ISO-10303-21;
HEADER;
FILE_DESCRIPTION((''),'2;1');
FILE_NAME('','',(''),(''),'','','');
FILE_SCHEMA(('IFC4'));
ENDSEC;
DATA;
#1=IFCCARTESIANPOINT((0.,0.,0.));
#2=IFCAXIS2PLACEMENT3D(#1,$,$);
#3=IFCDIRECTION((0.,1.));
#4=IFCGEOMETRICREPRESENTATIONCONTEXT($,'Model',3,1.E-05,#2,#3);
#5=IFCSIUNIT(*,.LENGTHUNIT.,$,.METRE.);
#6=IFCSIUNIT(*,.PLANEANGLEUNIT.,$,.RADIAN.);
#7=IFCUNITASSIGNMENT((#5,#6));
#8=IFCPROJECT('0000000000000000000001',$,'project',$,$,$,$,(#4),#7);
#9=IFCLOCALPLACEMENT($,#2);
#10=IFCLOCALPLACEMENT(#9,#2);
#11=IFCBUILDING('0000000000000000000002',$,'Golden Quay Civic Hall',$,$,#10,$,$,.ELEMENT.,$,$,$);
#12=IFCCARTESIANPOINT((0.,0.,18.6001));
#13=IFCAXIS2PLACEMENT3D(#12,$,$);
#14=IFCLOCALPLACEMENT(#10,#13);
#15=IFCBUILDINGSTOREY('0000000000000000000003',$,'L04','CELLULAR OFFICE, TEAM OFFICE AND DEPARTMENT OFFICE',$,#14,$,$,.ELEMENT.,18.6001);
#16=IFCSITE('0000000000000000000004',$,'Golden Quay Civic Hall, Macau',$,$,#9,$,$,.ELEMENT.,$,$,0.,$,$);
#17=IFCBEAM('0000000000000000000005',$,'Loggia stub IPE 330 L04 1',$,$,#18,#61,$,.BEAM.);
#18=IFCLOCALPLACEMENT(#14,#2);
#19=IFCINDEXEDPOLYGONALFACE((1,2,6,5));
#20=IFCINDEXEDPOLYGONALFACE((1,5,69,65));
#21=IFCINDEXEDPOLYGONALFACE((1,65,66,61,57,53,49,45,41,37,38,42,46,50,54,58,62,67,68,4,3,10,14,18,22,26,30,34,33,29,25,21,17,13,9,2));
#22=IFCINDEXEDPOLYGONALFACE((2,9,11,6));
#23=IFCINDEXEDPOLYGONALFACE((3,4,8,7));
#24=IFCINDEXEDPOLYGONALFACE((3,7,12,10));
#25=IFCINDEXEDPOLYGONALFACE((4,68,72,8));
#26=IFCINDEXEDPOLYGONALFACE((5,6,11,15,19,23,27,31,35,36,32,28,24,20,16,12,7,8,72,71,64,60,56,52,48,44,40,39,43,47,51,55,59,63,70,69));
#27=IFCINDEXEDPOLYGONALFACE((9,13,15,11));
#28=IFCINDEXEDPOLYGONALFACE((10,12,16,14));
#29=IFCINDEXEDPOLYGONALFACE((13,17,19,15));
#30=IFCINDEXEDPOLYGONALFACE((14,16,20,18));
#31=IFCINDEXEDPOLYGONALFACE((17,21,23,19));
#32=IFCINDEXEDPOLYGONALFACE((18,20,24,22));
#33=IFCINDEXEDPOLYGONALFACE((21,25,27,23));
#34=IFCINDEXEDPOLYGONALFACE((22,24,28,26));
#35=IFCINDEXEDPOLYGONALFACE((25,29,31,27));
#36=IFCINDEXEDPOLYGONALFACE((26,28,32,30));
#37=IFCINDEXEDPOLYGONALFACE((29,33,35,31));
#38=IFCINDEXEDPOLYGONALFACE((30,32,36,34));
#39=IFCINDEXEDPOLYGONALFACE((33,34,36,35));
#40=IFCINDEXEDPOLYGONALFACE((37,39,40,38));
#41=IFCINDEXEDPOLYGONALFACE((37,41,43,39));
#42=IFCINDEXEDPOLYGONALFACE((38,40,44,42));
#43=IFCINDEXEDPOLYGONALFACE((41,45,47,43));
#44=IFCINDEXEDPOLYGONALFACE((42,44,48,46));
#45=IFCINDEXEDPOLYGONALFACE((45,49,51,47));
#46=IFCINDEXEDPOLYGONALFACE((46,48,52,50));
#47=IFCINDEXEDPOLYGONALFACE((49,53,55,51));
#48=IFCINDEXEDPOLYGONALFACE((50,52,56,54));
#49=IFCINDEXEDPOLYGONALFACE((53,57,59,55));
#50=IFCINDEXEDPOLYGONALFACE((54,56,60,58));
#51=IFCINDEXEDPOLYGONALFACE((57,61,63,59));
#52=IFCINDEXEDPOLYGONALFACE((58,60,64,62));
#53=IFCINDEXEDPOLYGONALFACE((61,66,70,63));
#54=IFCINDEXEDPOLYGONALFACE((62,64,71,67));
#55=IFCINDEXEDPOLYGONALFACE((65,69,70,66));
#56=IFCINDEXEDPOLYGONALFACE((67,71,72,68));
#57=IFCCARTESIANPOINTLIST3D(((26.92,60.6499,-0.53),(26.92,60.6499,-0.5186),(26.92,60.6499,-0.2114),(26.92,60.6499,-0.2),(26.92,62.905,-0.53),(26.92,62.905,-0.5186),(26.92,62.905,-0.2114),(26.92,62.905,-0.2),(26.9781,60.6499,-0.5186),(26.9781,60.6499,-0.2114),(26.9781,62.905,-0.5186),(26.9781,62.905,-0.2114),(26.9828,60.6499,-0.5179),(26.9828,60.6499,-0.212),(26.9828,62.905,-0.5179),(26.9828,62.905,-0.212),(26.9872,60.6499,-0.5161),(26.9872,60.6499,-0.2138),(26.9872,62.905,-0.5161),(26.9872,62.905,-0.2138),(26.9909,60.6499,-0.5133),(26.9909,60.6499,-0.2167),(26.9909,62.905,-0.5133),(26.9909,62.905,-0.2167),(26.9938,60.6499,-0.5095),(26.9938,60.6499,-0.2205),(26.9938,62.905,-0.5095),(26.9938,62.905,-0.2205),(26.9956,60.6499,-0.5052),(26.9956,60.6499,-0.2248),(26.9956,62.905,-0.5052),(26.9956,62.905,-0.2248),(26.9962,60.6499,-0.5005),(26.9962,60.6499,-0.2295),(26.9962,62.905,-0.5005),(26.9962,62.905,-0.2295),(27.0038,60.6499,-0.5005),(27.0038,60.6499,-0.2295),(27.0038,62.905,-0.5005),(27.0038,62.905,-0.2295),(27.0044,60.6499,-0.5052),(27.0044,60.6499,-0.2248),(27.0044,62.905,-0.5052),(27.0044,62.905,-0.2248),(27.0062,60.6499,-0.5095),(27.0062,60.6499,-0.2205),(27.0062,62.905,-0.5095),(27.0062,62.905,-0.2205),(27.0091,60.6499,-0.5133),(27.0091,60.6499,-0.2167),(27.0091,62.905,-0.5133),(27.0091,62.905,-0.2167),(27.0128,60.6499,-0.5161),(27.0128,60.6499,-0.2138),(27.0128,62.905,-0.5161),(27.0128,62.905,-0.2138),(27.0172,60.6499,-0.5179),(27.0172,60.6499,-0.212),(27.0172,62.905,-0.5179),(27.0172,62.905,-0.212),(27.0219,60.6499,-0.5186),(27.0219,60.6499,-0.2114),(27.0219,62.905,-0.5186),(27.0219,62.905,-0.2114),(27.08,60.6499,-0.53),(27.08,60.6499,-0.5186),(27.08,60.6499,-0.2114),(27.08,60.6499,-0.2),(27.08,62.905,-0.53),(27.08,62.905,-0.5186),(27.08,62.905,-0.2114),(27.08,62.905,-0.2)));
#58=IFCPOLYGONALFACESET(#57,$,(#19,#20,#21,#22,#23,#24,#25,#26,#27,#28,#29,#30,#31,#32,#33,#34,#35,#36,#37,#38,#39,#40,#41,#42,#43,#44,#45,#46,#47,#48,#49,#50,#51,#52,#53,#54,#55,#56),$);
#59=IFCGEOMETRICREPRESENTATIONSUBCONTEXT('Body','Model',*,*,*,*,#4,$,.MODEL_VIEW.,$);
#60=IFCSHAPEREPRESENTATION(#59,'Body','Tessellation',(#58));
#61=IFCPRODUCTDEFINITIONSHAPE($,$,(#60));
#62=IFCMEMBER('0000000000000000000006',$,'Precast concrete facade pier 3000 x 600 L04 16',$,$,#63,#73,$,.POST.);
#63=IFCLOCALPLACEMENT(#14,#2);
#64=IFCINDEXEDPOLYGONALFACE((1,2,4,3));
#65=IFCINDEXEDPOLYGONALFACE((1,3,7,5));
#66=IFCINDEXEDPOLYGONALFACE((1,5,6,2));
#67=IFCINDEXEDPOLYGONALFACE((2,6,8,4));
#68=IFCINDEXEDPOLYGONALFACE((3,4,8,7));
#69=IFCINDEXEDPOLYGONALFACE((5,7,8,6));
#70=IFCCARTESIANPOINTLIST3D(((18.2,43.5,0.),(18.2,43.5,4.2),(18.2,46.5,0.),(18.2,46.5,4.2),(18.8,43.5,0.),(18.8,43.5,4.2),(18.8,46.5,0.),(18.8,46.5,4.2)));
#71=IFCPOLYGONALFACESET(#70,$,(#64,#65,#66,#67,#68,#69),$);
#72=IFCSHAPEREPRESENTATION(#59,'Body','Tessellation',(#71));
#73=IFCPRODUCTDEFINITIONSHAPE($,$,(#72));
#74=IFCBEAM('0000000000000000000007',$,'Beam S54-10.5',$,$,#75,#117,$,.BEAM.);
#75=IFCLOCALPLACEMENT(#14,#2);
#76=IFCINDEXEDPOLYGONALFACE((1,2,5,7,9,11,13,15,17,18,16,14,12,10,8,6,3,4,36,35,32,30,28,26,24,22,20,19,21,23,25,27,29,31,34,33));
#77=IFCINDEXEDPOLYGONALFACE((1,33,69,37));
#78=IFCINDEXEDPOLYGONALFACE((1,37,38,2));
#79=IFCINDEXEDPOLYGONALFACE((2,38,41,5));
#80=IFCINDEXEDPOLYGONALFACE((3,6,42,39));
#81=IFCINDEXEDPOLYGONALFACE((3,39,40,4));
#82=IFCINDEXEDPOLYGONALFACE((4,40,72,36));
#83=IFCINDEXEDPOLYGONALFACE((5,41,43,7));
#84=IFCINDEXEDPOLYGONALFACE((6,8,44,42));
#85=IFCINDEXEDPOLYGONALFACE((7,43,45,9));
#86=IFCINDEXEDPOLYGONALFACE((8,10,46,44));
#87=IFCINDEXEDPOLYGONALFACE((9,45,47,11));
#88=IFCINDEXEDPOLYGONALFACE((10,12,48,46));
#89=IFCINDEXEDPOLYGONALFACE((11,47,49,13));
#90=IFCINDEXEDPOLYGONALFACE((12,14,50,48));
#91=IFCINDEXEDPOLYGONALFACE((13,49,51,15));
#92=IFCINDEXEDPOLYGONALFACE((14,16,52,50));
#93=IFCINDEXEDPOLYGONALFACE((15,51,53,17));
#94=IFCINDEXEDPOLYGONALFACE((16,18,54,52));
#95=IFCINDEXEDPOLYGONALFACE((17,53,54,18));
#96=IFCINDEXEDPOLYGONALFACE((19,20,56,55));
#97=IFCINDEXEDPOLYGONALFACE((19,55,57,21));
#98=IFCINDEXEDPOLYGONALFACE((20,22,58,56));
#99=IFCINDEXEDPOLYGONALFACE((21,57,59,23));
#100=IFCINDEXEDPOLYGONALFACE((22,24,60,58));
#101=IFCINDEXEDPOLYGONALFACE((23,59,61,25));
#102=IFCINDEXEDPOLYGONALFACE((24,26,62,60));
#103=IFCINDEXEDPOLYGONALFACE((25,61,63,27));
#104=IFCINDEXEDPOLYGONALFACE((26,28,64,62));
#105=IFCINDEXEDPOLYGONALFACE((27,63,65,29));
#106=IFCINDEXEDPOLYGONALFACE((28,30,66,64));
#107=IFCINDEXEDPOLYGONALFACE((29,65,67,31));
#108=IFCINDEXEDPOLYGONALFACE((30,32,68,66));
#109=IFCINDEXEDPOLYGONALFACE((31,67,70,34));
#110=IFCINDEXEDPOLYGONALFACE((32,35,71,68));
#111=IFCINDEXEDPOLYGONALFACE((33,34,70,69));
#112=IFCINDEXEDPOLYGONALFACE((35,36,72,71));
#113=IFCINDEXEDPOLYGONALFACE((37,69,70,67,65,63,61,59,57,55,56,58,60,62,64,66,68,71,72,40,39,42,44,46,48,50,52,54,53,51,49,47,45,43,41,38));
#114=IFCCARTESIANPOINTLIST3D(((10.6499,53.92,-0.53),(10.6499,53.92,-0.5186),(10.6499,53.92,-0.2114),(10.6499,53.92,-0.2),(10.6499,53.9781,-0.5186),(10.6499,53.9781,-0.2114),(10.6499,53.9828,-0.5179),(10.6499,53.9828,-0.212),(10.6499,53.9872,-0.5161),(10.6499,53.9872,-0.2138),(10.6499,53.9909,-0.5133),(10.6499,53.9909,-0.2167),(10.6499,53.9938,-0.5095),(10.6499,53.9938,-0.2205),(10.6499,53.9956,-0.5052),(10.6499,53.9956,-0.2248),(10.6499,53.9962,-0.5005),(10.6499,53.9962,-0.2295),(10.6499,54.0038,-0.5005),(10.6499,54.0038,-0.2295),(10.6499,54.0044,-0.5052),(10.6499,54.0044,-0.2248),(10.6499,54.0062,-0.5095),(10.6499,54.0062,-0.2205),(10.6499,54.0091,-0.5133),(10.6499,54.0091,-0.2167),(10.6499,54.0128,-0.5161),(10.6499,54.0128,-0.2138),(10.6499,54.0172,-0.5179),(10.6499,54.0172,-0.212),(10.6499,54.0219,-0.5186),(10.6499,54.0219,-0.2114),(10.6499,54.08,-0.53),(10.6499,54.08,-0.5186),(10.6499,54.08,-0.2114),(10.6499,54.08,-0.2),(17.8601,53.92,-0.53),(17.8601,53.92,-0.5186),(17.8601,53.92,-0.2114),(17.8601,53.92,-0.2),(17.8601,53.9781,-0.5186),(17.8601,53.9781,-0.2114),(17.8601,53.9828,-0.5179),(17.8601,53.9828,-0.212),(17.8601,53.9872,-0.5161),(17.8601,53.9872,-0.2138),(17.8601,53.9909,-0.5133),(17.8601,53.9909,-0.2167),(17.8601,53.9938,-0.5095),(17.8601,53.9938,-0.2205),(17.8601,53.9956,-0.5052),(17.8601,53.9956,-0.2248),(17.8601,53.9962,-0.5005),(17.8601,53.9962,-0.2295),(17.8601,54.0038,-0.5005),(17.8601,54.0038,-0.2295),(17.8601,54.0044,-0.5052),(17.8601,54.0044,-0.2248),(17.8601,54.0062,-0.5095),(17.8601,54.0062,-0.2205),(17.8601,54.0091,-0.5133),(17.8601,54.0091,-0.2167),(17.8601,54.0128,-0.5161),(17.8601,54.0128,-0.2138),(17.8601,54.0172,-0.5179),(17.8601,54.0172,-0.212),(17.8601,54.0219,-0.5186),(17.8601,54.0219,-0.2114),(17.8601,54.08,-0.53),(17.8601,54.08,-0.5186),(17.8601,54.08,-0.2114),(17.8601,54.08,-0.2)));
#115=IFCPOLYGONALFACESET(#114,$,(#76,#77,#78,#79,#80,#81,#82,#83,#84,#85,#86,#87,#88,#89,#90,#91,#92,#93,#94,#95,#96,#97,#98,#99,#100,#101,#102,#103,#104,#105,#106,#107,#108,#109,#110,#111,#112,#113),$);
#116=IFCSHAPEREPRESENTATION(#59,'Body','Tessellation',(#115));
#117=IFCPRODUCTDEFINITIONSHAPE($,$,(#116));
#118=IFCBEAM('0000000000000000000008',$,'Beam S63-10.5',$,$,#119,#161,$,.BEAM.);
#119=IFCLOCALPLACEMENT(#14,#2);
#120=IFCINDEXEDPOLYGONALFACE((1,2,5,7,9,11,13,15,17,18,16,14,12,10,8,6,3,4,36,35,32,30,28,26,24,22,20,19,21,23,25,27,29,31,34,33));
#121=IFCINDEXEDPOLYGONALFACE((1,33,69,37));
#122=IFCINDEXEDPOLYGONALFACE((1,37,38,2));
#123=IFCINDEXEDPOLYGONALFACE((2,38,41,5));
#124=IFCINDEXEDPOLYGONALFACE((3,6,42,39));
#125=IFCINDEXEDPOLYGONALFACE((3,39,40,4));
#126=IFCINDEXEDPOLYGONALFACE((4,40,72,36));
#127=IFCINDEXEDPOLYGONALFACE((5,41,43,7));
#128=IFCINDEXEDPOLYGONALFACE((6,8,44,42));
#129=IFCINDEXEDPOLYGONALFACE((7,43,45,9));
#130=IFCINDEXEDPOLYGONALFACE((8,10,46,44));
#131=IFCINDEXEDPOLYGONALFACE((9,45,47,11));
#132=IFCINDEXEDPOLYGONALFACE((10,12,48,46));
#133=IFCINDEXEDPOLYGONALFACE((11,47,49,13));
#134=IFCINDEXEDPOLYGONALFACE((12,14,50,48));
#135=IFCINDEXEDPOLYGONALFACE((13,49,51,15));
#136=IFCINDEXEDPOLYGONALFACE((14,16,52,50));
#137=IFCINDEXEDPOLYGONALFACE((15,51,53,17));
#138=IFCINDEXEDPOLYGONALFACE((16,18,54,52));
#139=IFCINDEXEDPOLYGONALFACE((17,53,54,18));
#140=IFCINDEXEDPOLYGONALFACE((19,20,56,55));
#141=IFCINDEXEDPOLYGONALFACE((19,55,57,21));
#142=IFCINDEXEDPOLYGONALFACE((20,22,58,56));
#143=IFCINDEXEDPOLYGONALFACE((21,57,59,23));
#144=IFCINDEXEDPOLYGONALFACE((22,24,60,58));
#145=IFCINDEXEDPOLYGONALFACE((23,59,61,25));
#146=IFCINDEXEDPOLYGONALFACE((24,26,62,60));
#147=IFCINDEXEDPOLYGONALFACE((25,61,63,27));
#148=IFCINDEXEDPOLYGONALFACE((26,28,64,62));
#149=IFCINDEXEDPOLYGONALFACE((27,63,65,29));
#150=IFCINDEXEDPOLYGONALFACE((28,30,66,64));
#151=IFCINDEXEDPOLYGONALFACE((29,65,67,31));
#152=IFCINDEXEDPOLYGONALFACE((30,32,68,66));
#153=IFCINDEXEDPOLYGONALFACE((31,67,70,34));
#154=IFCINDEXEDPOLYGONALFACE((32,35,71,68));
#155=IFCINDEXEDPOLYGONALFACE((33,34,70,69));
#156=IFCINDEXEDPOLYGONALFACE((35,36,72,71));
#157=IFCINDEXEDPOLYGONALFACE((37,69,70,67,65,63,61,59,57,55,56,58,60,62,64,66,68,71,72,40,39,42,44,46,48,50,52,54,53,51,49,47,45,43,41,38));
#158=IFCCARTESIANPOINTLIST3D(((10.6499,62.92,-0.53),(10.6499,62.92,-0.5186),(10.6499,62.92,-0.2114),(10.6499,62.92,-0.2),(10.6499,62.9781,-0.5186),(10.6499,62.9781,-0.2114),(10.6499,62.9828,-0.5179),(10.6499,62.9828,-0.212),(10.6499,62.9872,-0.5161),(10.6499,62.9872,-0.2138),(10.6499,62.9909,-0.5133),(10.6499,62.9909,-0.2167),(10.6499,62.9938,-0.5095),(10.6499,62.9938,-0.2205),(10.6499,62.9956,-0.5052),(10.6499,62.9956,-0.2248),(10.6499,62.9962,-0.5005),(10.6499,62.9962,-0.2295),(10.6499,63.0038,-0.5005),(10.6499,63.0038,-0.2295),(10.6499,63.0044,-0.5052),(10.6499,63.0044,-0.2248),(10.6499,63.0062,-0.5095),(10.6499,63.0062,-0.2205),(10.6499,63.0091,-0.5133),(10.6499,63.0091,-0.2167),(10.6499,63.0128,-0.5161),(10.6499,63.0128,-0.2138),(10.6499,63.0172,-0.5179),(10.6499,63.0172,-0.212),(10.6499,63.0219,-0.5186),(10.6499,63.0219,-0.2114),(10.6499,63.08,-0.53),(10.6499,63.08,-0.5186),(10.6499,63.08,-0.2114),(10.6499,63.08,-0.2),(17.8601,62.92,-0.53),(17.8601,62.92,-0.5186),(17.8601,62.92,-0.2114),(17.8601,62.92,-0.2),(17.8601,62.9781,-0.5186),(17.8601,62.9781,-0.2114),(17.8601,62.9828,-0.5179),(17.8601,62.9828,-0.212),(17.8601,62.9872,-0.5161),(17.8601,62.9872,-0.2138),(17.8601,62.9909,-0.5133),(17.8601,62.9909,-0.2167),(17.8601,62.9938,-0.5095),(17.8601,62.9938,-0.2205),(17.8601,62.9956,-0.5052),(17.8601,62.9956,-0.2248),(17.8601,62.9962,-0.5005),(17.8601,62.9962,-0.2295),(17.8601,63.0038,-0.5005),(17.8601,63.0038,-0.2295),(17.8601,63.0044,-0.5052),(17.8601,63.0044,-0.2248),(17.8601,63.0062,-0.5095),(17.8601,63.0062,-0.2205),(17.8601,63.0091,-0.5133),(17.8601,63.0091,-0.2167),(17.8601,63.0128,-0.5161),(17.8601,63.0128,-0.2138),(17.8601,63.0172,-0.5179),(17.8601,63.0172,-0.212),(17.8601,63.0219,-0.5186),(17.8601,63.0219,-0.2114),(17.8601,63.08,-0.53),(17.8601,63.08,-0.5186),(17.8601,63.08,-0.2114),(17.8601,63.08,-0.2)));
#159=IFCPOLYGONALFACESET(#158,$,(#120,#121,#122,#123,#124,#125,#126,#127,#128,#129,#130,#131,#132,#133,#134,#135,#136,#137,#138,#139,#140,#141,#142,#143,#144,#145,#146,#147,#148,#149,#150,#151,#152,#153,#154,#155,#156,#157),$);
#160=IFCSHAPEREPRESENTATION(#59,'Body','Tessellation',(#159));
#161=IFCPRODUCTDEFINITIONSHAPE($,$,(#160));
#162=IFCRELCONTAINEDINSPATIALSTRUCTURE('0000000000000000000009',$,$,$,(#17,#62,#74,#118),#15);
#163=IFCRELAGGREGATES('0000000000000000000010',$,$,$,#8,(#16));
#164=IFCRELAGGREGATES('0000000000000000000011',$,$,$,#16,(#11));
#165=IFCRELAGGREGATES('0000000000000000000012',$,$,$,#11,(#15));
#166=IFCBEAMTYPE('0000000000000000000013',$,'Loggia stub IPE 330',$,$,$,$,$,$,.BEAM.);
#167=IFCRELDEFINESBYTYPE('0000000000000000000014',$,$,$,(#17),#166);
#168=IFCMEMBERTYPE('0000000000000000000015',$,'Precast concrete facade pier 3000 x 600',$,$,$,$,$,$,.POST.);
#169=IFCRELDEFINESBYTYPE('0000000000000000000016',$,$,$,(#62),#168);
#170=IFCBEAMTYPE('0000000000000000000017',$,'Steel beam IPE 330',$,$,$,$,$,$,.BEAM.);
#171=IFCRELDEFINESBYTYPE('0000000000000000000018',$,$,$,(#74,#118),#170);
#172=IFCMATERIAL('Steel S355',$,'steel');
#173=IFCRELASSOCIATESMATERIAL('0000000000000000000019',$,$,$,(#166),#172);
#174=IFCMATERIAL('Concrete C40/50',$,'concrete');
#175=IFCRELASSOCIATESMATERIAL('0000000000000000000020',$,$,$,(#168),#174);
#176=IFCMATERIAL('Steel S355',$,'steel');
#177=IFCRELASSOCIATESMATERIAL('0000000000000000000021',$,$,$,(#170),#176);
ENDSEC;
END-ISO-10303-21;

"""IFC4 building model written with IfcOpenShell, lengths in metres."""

from ifc_helpers import new_model, si_unit, direction, frame, origin, origin_2d, place, context, subcontext, project, spatial, rectangle, i_section, extrude, material, material_profile, profile_set, type_object, element, save


model = new_model("IFC4")

# Units and contexts
model_context = context("Model", 3, precision=1e-05, world=origin(), true_north=direction((0.0, 1.0)))
body_context = subcontext(model_context, "Body", "Model", "MODEL_VIEW")
ifc_project = project(units=[si_unit("LENGTHUNIT", "METRE"), si_unit("PLANEANGLEUNIT", "RADIAN")], contexts=[model_context])

# Site, building, storey
site_placement = place(None, origin())
site = spatial("IfcSite", under=ifc_project, at=site_placement, Name="Golden Quay Civic Hall, Macau", CompositionType="ELEMENT", RefElevation=0.0)
building_placement = place(site_placement, origin())
building = spatial("IfcBuilding", under=site, at=building_placement, Name="Golden Quay Civic Hall", CompositionType="ELEMENT")
storey_placement = place(building_placement, frame((0.0, 0.0, 18.6001)))
storey = spatial("IfcBuildingStorey", under=building, at=storey_placement, Name="L04", Description="CELLULAR OFFICE, TEAM OFFICE AND DEPARTMENT OFFICE", CompositionType="ELEMENT", Elevation=18.6001)

# Beam
ifc_material_1 = material(Name="Steel S355", Category="steel")
ifc_material_profile_1 = material_profile(ifc_material_1, i_section(OverallWidth=0.1599, OverallDepth=0.3301, WebThickness=0.0076, FlangeThickness=0.0115, FilletRadius=0.0181, at=origin_2d()), Name="IPE 330")
ifc_profile_set_1 = profile_set([ifc_material_profile_1], Name="Steel S355")
beam_type_1 = type_object("IfcBeamType", Name="Loggia stub IPE 330", PredefinedType="BEAM", material=ifc_profile_set_1)
beam_1_placement = place(storey_placement, frame((27.0, 62.905, -0.365), z_axis=(0.0, -1.0, 0.0), x_axis=(1.0, 0.0, 0.0)))
element("IfcBeam", 1, at=beam_1_placement, inside=storey, type_object=beam_type_1, Name="Loggia stub IPE 330 L04 1", PredefinedType="BEAM", context=body_context, shape_type="SweptSolid", body=[
    extrude(i_section(OverallWidth=0.1599, OverallDepth=0.3301, WebThickness=0.0076, FlangeThickness=0.0115, FilletRadius=0.0181, at=origin_2d()), origin(), (0.0, 0.0, 1.0), 2.2551),
])

# Member
ifc_material_2 = material(Name="Concrete C40/50", Category="concrete")
ifc_material_profile_2 = material_profile(ifc_material_2, rectangle(XDim=3.0, YDim=0.6001, at=origin_2d()), Name="RC 3000x600")
ifc_profile_set_2 = profile_set([ifc_material_profile_2], Name="Concrete C40/50")
member_type = type_object("IfcMemberType", Name="Precast concrete facade pier 3000 x 600", PredefinedType="POST", material=ifc_profile_set_2)
member_placement = place(storey_placement, frame((18.5, 45.0, 0.0), z_axis=(0.0, 0.0, 1.0), x_axis=(0.0, 1.0, 0.0)))
element("IfcMember", 2, at=member_placement, inside=storey, type_object=member_type, Name="Precast concrete facade pier 3000 x 600 L04 16", PredefinedType="POST", context=body_context, shape_type="SweptSolid", body=[
    extrude(rectangle(XDim=3.0, YDim=0.6001, at=origin_2d()), origin(), (0.0, 0.0, 1.0), 4.2),
])

# Beams
ifc_material_3 = material(Name="Steel S355", Category="steel")
ifc_material_profile_3 = material_profile(ifc_material_3, i_section(OverallWidth=0.1599, OverallDepth=0.3301, WebThickness=0.0076, FlangeThickness=0.0115, FilletRadius=0.0181, at=origin_2d()), Name="IPE 330")
ifc_profile_set_3 = profile_set([ifc_material_profile_3], Name="Steel S355")
beam_type_2 = type_object("IfcBeamType", Name="Steel beam IPE 330", PredefinedType="BEAM", material=ifc_profile_set_3)
for number, where, z_axis, x_axis, name in (
    (3, (10.6499, 54.0, -0.365), (1.0, 0.0, 0.0), (0.0, 1.0, 0.0), "Beam S54-10.5"),
    (4, (10.6499, 63.0, -0.365), (1.0, 0.0, 0.0), (0.0, 1.0, 0.0), "Beam S63-10.5"),
):
    element("IfcBeam", number, at=place(storey_placement, frame(where, z_axis=z_axis, x_axis=x_axis)), inside=storey, type_object=beam_type_2, Name=name, PredefinedType="BEAM", context=body_context, shape_type="SweptSolid", body=[
        extrude(i_section(OverallWidth=0.1599, OverallDepth=0.3301, WebThickness=0.0076, FlangeThickness=0.0115, FilletRadius=0.0181, at=origin_2d()), origin(), (0.0, 0.0, 1.0), 7.2102),
    ])

save(model, "model.ifc")
